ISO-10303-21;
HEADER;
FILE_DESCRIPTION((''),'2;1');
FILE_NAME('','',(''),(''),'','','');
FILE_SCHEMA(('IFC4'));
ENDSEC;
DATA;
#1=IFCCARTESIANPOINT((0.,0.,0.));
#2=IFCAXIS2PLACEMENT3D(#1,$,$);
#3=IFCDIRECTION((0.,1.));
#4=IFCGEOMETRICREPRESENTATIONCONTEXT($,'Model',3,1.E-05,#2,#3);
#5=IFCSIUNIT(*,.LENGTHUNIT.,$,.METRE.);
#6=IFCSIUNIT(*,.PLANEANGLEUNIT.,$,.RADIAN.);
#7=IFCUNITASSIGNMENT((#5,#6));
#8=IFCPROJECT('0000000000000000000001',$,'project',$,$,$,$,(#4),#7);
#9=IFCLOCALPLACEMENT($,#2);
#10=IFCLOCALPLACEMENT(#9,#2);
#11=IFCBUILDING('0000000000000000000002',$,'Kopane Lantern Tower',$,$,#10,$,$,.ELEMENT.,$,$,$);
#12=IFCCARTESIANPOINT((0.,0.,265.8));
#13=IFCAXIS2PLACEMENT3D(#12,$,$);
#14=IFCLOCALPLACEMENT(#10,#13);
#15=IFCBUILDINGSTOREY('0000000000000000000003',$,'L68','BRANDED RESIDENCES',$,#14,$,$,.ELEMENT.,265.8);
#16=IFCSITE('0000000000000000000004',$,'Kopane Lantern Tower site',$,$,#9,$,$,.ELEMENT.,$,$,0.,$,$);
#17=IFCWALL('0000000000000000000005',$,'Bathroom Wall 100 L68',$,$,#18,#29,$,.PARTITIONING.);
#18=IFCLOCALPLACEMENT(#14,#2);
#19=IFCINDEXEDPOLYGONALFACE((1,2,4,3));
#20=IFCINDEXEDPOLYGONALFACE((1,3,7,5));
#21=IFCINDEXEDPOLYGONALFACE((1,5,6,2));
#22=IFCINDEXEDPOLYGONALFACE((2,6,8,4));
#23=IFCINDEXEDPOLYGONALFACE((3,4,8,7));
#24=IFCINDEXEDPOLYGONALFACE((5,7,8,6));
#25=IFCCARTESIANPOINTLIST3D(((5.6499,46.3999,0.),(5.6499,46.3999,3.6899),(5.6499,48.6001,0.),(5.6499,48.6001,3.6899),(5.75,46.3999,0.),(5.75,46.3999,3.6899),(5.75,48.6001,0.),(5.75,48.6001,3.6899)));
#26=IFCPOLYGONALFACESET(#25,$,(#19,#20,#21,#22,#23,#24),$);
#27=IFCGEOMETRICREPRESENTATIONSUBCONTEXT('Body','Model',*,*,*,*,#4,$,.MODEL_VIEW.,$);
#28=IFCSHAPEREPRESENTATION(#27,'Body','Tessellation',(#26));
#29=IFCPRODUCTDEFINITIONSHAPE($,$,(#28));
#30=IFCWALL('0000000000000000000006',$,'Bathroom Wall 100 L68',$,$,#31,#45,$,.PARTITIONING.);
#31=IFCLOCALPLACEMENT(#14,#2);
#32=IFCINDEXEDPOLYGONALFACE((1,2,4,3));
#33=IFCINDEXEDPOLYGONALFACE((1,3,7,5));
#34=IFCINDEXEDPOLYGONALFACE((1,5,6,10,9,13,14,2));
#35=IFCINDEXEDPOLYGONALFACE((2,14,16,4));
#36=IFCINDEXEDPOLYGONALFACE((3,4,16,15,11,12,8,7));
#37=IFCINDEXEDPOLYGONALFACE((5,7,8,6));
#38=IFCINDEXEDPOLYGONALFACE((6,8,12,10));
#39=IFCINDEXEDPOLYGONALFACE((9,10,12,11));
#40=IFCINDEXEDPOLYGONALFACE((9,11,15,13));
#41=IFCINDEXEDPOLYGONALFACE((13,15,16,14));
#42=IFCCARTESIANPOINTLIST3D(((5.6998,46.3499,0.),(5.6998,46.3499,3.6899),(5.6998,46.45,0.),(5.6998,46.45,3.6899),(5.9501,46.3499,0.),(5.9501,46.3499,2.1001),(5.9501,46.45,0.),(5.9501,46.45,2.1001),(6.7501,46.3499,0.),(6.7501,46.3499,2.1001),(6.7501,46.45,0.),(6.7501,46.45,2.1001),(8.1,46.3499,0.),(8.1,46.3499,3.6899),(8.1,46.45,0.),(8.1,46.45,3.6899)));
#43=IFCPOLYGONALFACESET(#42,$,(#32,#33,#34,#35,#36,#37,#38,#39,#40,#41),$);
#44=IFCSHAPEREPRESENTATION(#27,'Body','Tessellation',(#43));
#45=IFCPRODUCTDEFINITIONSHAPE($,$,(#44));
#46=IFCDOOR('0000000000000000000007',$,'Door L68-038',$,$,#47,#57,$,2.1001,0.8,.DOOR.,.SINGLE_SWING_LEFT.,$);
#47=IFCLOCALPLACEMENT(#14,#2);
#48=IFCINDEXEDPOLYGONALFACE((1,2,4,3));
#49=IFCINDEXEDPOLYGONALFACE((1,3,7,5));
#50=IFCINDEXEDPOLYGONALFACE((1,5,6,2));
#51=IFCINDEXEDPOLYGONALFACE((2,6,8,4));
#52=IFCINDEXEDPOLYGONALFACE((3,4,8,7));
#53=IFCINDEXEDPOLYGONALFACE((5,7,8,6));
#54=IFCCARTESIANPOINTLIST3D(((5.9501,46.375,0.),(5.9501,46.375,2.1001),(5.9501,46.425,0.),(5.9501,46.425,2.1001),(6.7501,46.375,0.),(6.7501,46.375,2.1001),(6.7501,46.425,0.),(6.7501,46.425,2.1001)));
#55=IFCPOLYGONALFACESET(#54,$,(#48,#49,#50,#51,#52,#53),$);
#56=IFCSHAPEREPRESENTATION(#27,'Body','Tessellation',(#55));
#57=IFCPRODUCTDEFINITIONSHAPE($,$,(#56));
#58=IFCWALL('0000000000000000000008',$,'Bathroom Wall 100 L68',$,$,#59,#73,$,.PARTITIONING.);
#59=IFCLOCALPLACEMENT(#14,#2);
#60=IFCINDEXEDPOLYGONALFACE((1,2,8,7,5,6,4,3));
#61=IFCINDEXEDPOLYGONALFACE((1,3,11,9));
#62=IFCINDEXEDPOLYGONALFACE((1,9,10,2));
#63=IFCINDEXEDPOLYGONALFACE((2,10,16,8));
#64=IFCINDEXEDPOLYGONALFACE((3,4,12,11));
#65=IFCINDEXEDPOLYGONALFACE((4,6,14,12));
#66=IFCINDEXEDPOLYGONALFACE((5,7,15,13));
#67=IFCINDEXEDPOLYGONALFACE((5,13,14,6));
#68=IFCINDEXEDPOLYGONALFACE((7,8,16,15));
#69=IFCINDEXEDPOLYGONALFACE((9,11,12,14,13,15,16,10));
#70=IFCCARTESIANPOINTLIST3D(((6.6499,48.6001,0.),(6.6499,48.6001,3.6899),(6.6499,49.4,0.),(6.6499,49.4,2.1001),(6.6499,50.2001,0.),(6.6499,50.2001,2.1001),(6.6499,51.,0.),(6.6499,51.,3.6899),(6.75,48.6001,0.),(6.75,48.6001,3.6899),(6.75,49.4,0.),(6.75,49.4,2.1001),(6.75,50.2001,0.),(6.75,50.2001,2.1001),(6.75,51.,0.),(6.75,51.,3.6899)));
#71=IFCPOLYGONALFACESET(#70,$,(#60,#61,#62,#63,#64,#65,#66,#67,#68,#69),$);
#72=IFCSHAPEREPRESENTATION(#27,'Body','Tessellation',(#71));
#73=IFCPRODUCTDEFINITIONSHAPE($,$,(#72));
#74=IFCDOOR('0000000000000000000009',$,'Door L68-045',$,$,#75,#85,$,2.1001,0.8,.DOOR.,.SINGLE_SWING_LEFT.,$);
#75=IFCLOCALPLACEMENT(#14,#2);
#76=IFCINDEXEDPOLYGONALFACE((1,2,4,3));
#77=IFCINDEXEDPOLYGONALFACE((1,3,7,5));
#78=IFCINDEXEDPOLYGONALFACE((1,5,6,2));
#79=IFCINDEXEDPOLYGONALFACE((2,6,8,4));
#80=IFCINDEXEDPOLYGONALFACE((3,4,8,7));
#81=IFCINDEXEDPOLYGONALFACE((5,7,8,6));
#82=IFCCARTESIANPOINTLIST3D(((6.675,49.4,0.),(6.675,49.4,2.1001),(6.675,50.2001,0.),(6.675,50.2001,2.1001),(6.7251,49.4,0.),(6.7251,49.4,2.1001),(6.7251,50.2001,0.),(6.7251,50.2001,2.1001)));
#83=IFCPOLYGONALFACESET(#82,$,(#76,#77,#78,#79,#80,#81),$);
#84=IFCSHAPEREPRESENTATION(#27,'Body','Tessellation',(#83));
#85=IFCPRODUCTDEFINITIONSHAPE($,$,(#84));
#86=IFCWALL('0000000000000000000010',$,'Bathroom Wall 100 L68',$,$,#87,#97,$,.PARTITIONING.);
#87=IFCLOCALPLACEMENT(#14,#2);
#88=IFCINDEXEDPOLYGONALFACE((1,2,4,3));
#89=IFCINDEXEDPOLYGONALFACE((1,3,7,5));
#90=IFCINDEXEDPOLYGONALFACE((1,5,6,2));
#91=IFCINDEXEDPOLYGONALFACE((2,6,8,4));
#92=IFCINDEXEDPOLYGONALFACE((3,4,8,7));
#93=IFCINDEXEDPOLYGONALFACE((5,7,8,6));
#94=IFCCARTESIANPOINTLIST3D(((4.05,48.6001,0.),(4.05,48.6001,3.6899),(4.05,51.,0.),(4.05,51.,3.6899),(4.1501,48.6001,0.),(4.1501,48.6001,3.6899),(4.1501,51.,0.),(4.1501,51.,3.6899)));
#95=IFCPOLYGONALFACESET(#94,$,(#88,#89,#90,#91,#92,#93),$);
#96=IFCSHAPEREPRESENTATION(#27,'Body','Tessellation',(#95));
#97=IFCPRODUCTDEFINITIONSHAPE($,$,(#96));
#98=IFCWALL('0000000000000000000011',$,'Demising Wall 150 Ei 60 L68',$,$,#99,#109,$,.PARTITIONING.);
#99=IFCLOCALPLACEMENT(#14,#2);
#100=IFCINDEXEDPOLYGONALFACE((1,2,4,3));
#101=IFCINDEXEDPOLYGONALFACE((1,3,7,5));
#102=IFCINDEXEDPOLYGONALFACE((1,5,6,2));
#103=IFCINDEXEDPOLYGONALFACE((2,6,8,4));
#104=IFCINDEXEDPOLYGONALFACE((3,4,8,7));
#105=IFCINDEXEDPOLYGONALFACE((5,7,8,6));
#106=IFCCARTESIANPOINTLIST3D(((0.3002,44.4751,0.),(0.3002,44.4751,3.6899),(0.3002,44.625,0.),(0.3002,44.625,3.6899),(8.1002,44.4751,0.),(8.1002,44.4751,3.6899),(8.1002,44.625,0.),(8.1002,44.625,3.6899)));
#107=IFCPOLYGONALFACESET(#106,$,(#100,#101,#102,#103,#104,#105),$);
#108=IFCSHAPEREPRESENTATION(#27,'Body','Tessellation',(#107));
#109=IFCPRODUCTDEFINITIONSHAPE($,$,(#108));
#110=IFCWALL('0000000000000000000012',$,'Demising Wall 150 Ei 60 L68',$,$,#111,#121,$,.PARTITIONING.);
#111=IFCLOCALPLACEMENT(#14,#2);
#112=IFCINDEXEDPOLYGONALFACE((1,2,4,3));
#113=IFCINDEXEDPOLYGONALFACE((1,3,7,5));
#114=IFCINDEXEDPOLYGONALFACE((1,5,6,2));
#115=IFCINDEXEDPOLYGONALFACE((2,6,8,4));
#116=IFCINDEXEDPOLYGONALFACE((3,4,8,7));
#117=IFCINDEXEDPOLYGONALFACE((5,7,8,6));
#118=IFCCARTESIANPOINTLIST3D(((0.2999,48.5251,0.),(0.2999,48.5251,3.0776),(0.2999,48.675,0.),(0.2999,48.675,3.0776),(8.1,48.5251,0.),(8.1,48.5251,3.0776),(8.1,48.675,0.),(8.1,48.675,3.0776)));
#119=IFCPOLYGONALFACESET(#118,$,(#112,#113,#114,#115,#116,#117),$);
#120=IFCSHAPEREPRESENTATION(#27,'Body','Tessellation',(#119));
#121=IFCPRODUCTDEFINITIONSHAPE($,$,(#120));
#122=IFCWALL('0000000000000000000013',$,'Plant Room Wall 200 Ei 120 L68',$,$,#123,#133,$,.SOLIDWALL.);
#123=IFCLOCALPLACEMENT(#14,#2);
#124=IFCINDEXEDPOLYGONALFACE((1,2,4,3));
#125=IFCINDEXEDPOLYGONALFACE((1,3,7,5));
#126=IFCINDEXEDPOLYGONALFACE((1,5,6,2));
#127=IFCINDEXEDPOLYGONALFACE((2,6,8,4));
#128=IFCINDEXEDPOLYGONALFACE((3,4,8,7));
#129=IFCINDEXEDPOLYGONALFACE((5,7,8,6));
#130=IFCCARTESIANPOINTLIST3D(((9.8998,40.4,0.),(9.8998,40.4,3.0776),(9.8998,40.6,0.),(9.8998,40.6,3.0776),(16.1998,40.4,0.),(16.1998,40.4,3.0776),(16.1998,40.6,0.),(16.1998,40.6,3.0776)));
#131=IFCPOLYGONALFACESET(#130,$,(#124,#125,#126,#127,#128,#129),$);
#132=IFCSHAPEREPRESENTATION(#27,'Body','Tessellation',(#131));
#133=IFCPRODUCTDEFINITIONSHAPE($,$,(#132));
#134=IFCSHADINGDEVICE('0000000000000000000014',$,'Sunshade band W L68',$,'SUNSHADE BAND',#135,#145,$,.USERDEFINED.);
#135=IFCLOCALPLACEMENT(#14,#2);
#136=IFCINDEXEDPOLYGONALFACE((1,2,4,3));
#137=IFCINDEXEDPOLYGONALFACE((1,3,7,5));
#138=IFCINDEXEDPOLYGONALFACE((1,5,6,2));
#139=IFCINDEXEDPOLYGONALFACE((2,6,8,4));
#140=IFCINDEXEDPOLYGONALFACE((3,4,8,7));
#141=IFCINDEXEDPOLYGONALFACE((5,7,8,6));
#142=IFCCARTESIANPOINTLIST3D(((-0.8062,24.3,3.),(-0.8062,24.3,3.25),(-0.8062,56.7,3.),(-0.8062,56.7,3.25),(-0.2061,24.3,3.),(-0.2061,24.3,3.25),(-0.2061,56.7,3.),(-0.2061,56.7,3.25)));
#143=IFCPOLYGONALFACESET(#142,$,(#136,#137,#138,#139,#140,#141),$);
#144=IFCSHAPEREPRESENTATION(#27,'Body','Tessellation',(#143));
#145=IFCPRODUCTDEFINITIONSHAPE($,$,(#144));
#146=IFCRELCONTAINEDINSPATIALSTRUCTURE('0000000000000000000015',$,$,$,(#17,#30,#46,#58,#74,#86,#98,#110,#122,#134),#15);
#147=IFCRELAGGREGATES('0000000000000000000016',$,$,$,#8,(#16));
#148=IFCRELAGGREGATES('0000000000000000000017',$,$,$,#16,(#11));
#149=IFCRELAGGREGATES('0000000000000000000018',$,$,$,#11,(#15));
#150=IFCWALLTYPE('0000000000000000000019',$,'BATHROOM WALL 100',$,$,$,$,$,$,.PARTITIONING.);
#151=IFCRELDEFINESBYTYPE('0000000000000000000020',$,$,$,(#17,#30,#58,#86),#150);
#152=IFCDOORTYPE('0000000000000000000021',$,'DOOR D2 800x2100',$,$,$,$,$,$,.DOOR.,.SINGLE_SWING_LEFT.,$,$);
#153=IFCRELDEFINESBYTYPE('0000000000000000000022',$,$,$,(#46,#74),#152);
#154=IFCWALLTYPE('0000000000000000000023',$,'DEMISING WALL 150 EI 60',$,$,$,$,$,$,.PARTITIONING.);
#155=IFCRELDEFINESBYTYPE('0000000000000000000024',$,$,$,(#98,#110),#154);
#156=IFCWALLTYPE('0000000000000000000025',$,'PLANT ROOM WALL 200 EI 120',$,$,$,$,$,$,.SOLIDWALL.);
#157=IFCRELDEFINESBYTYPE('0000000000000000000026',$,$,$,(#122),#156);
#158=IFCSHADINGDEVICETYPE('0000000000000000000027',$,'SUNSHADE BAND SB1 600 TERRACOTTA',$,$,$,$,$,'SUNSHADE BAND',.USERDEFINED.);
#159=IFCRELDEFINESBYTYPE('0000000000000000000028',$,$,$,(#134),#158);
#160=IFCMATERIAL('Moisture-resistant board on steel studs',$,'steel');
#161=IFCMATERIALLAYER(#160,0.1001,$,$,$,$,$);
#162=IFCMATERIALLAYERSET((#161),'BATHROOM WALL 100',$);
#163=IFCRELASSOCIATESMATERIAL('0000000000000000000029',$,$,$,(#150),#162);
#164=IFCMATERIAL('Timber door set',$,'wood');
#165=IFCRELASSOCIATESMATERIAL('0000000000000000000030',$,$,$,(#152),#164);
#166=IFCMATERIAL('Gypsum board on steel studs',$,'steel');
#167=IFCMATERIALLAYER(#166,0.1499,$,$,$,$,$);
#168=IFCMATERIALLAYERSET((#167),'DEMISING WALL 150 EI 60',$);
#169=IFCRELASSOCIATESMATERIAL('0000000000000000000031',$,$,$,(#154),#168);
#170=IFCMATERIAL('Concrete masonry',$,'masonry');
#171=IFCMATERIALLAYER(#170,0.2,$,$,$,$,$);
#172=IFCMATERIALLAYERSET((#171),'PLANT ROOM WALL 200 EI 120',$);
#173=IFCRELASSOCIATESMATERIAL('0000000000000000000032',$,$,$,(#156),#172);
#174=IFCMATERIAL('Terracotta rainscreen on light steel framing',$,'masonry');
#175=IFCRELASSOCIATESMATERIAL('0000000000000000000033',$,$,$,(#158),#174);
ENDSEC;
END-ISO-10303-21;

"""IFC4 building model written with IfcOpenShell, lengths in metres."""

from ifc_helpers import new_model, si_unit, direction, frame, frame_2d, origin, origin_2d, place, context, subcontext, project, spatial, rectangle, extrude, material, layer, layer_set, type_object, element, fill, save


model = new_model("IFC4")

# Units and contexts
model_context = context("Model", 3, precision=1e-05, world=origin(), true_north=direction((0.0, 1.0)))
body_context = subcontext(model_context, "Body", "Model", "MODEL_VIEW")
ifc_project = project(units=[si_unit("LENGTHUNIT", "METRE"), si_unit("PLANEANGLEUNIT", "RADIAN")], contexts=[model_context])

# Site, building, storey
site_placement = place(None, origin())
site = spatial("IfcSite", under=ifc_project, at=site_placement, Name="Kopane Lantern Tower site", CompositionType="ELEMENT", RefElevation=0.0)
building_placement = place(site_placement, origin())
building = spatial("IfcBuilding", under=site, at=building_placement, Name="Kopane Lantern Tower", CompositionType="ELEMENT")
storey_placement = place(building_placement, frame((0.0, 0.0, 265.8)))
storey = spatial("IfcBuildingStorey", under=building, at=storey_placement, Name="L68", Description="BRANDED RESIDENCES", CompositionType="ELEMENT", Elevation=265.8)

# Shared definitions
ifc_material_1 = material(Name="Moisture-resistant board on steel studs", Category="steel")
ifc_layer_1 = layer(ifc_material_1, 0.1001)
ifc_layer_set_1 = layer_set([ifc_layer_1], Name="BATHROOM WALL 100")
wall_type_1 = type_object("IfcWallType", Name="BATHROOM WALL 100", PredefinedType="PARTITIONING", material=ifc_layer_set_1)
ifc_material_2 = material(Name="Timber door set", Category="wood")
door_type = type_object("IfcDoorType", Name="DOOR D2 800x2100", OperationType="SINGLE_SWING_LEFT", PredefinedType="DOOR", material=ifc_material_2)

# Wall
wall_1_placement = place(storey_placement, frame((5.7, 46.3999, 0.0), z_axis=(0.0, 0.0, 1.0), x_axis=(0.0, 1.0, 0.0)))
element("IfcWall", 1, at=wall_1_placement, inside=storey, type_object=wall_type_1, Name="Bathroom Wall 100 L68", PredefinedType="PARTITIONING", context=body_context, shape_type="SweptSolid", body=[
    extrude(rectangle(XDim=2.2002, YDim=0.1001, at=frame_2d((1.1001, 0.0))), origin(), (0.0, 0.0, 1.0), 3.6899),
])

# Walls, openings, doors
wall_2_placement = place(storey_placement, frame((8.1001, 46.3999, 0.0), z_axis=(0.0, 0.0, 1.0), x_axis=(-1.0, 0.0, 0.0)))
wall_2 = element("IfcWall", 2, at=wall_2_placement, inside=storey, type_object=wall_type_1, Name="Bathroom Wall 100 L68", PredefinedType="PARTITIONING", context=body_context, shape_type="SweptSolid", body=[
    extrude(rectangle(XDim=2.4001, YDim=0.1001, at=frame_2d((1.2002, 0.0))), origin(), (0.0, 0.0, 1.0), 3.6899),
])
opening_1_placement = place(wall_2_placement, frame((1.3501, 0.0, 0.0)))
opening_1 = element("IfcOpeningElement", 3, at=opening_1_placement, cuts=wall_2, PredefinedType="OPENING", context=body_context, shape_type="SweptSolid", body=[
    extrude(rectangle(XDim=0.8, YDim=2.1001, at=frame_2d((0.3999, 1.05))), frame((0.0, 0.0601, 0.0), z_axis=(0.0, -1.0, 0.0), x_axis=(1.0, 0.0, 0.0)), (0.0, 0.0, 1.0), 0.1201),
])
door_1_placement = place(opening_1_placement, origin())
door_1 = element("IfcDoor", 4, at=door_1_placement, inside=storey, type_object=door_type, Name="Door L68-038", OperationType="SINGLE_SWING_LEFT", OverallHeight=2.1001, OverallWidth=0.8, PredefinedType="DOOR", context=body_context, shape_type="SweptSolid", body=[
    extrude(rectangle(XDim=0.8, YDim=2.1001, at=frame_2d((0.3999, 1.05))), frame((0.0, 0.0249, 0.0), z_axis=(0.0, -1.0, 0.0), x_axis=(1.0, 0.0, 0.0)), (0.0, 0.0, 1.0), 0.05),
])
fill(opening_1, door_1)
wall_3_placement = place(storey_placement, frame((6.7, 48.6001, 0.0), z_axis=(0.0, 0.0, 1.0), x_axis=(0.0, 1.0, 0.0)))
wall_3 = element("IfcWall", 5, at=wall_3_placement, inside=storey, type_object=wall_type_1, Name="Bathroom Wall 100 L68", PredefinedType="PARTITIONING", context=body_context, shape_type="SweptSolid", body=[
    extrude(rectangle(XDim=2.3999, YDim=0.1001, at=frame_2d((1.2, 0.0))), origin(), (0.0, 0.0, 1.0), 3.6899),
])
opening_2_placement = place(wall_3_placement, frame((0.8, 0.0, 0.0)))
opening_2 = element("IfcOpeningElement", 6, at=opening_2_placement, cuts=wall_3, PredefinedType="OPENING", context=body_context, shape_type="SweptSolid", body=[
    extrude(rectangle(XDim=0.8, YDim=2.1001, at=frame_2d((0.3999, 1.05))), frame((0.0, 0.0601, 0.0), z_axis=(0.0, -1.0, 0.0), x_axis=(1.0, 0.0, 0.0)), (0.0, 0.0, 1.0), 0.1201),
])
door_2_placement = place(opening_2_placement, origin())
door_2 = element("IfcDoor", 7, at=door_2_placement, inside=storey, type_object=door_type, Name="Door L68-045", OperationType="SINGLE_SWING_LEFT", OverallHeight=2.1001, OverallWidth=0.8, PredefinedType="DOOR", context=body_context, shape_type="SweptSolid", body=[
    extrude(rectangle(XDim=0.8, YDim=2.1001, at=frame_2d((0.3999, 1.05))), frame((0.0, 0.0249, 0.0), z_axis=(0.0, -1.0, 0.0), x_axis=(1.0, 0.0, 0.0)), (0.0, 0.0, 1.0), 0.05),
])
fill(opening_2, door_2)

# Walls
wall_4_placement = place(storey_placement, frame((4.1001, 48.6001, 0.0), z_axis=(0.0, 0.0, 1.0), x_axis=(0.0, 1.0, 0.0)))
element("IfcWall", 8, at=wall_4_placement, inside=storey, type_object=wall_type_1, Name="Bathroom Wall 100 L68", PredefinedType="PARTITIONING", context=body_context, shape_type="SweptSolid", body=[
    extrude(rectangle(XDim=2.3999, YDim=0.1001, at=frame_2d((1.2, 0.0))), origin(), (0.0, 0.0, 1.0), 3.6899),
])
ifc_material_3 = material(Name="Gypsum board on steel studs", Category="steel")
ifc_layer_2 = layer(ifc_material_3, 0.1499)
ifc_layer_set_2 = layer_set([ifc_layer_2], Name="DEMISING WALL 150 EI 60")
wall_type_2 = type_object("IfcWallType", Name="DEMISING WALL 150 EI 60", PredefinedType="PARTITIONING", material=ifc_layer_set_2)
wall_5_placement = place(storey_placement, frame((8.1001, 44.55, 0.0), z_axis=(0.0, 0.0, 1.0), x_axis=(-1.0, 0.0, 0.0)))
element("IfcWall", 9, at=wall_5_placement, inside=storey, type_object=wall_type_2, Name="Demising Wall 150 Ei 60 L68", PredefinedType="PARTITIONING", context=body_context, shape_type="SweptSolid", body=[
    extrude(rectangle(XDim=7.8, YDim=0.1499, at=frame_2d((3.8999, 0.0))), origin(), (0.0, 0.0, 1.0), 3.6899),
])
wall_6_placement = place(storey_placement, frame((0.3, 48.6001, 0.0), z_axis=(0.0, 0.0, 1.0), x_axis=(1.0, 0.0, 0.0)))
element("IfcWall", 10, at=wall_6_placement, inside=storey, type_object=wall_type_2, Name="Demising Wall 150 Ei 60 L68", PredefinedType="PARTITIONING", context=body_context, shape_type="SweptSolid", body=[
    extrude(rectangle(XDim=7.8, YDim=0.1499, at=frame_2d((3.8999, 0.0))), origin(), (0.0, 0.0, 1.0), 3.0776),
])
ifc_material_4 = material(Name="Concrete masonry", Category="masonry")
ifc_layer_3 = layer(ifc_material_4, 0.2)
ifc_layer_set_3 = layer_set([ifc_layer_3], Name="PLANT ROOM WALL 200 EI 120")
wall_type_3 = type_object("IfcWallType", Name="PLANT ROOM WALL 200 EI 120", PredefinedType="SOLIDWALL", material=ifc_layer_set_3)
wall_7_placement = place(storey_placement, frame((9.8999, 40.5, 0.0), z_axis=(0.0, 0.0, 1.0), x_axis=(1.0, 0.0, 0.0)))
element("IfcWall", 11, at=wall_7_placement, inside=storey, type_object=wall_type_3, Name="Plant Room Wall 200 Ei 120 L68", PredefinedType="SOLIDWALL", context=body_context, shape_type="SweptSolid", body=[
    extrude(rectangle(XDim=6.3, YDim=0.2, at=frame_2d((3.1499, 0.0))), origin(), (0.0, 0.0, 1.0), 3.0776),
])

# Shading device
ifc_material_5 = material(Name="Terracotta rainscreen on light steel framing", Category="masonry")
shading_device_type = type_object("IfcShadingDeviceType", Name="SUNSHADE BAND SB1 600 TERRACOTTA", ElementType="SUNSHADE BAND", PredefinedType="USERDEFINED", material=ifc_material_5)
shading_device_placement = place(storey_placement, frame((-0.5061, 40.5, 3.0), z_axis=(0.0, 0.0, 1.0), x_axis=(0.0, -1.0, 0.0)))
element("IfcShadingDevice", 12, at=shading_device_placement, inside=storey, type_object=shading_device_type, Name="Sunshade band W L68", ObjectType="SUNSHADE BAND", PredefinedType="USERDEFINED", context=body_context, shape_type="SweptSolid", body=[
    extrude(rectangle(XDim=32.3999, YDim=0.6001, at=origin_2d()), origin(), (0.0, 0.0, 1.0), 0.25),
])

save(model, "model.ifc")
